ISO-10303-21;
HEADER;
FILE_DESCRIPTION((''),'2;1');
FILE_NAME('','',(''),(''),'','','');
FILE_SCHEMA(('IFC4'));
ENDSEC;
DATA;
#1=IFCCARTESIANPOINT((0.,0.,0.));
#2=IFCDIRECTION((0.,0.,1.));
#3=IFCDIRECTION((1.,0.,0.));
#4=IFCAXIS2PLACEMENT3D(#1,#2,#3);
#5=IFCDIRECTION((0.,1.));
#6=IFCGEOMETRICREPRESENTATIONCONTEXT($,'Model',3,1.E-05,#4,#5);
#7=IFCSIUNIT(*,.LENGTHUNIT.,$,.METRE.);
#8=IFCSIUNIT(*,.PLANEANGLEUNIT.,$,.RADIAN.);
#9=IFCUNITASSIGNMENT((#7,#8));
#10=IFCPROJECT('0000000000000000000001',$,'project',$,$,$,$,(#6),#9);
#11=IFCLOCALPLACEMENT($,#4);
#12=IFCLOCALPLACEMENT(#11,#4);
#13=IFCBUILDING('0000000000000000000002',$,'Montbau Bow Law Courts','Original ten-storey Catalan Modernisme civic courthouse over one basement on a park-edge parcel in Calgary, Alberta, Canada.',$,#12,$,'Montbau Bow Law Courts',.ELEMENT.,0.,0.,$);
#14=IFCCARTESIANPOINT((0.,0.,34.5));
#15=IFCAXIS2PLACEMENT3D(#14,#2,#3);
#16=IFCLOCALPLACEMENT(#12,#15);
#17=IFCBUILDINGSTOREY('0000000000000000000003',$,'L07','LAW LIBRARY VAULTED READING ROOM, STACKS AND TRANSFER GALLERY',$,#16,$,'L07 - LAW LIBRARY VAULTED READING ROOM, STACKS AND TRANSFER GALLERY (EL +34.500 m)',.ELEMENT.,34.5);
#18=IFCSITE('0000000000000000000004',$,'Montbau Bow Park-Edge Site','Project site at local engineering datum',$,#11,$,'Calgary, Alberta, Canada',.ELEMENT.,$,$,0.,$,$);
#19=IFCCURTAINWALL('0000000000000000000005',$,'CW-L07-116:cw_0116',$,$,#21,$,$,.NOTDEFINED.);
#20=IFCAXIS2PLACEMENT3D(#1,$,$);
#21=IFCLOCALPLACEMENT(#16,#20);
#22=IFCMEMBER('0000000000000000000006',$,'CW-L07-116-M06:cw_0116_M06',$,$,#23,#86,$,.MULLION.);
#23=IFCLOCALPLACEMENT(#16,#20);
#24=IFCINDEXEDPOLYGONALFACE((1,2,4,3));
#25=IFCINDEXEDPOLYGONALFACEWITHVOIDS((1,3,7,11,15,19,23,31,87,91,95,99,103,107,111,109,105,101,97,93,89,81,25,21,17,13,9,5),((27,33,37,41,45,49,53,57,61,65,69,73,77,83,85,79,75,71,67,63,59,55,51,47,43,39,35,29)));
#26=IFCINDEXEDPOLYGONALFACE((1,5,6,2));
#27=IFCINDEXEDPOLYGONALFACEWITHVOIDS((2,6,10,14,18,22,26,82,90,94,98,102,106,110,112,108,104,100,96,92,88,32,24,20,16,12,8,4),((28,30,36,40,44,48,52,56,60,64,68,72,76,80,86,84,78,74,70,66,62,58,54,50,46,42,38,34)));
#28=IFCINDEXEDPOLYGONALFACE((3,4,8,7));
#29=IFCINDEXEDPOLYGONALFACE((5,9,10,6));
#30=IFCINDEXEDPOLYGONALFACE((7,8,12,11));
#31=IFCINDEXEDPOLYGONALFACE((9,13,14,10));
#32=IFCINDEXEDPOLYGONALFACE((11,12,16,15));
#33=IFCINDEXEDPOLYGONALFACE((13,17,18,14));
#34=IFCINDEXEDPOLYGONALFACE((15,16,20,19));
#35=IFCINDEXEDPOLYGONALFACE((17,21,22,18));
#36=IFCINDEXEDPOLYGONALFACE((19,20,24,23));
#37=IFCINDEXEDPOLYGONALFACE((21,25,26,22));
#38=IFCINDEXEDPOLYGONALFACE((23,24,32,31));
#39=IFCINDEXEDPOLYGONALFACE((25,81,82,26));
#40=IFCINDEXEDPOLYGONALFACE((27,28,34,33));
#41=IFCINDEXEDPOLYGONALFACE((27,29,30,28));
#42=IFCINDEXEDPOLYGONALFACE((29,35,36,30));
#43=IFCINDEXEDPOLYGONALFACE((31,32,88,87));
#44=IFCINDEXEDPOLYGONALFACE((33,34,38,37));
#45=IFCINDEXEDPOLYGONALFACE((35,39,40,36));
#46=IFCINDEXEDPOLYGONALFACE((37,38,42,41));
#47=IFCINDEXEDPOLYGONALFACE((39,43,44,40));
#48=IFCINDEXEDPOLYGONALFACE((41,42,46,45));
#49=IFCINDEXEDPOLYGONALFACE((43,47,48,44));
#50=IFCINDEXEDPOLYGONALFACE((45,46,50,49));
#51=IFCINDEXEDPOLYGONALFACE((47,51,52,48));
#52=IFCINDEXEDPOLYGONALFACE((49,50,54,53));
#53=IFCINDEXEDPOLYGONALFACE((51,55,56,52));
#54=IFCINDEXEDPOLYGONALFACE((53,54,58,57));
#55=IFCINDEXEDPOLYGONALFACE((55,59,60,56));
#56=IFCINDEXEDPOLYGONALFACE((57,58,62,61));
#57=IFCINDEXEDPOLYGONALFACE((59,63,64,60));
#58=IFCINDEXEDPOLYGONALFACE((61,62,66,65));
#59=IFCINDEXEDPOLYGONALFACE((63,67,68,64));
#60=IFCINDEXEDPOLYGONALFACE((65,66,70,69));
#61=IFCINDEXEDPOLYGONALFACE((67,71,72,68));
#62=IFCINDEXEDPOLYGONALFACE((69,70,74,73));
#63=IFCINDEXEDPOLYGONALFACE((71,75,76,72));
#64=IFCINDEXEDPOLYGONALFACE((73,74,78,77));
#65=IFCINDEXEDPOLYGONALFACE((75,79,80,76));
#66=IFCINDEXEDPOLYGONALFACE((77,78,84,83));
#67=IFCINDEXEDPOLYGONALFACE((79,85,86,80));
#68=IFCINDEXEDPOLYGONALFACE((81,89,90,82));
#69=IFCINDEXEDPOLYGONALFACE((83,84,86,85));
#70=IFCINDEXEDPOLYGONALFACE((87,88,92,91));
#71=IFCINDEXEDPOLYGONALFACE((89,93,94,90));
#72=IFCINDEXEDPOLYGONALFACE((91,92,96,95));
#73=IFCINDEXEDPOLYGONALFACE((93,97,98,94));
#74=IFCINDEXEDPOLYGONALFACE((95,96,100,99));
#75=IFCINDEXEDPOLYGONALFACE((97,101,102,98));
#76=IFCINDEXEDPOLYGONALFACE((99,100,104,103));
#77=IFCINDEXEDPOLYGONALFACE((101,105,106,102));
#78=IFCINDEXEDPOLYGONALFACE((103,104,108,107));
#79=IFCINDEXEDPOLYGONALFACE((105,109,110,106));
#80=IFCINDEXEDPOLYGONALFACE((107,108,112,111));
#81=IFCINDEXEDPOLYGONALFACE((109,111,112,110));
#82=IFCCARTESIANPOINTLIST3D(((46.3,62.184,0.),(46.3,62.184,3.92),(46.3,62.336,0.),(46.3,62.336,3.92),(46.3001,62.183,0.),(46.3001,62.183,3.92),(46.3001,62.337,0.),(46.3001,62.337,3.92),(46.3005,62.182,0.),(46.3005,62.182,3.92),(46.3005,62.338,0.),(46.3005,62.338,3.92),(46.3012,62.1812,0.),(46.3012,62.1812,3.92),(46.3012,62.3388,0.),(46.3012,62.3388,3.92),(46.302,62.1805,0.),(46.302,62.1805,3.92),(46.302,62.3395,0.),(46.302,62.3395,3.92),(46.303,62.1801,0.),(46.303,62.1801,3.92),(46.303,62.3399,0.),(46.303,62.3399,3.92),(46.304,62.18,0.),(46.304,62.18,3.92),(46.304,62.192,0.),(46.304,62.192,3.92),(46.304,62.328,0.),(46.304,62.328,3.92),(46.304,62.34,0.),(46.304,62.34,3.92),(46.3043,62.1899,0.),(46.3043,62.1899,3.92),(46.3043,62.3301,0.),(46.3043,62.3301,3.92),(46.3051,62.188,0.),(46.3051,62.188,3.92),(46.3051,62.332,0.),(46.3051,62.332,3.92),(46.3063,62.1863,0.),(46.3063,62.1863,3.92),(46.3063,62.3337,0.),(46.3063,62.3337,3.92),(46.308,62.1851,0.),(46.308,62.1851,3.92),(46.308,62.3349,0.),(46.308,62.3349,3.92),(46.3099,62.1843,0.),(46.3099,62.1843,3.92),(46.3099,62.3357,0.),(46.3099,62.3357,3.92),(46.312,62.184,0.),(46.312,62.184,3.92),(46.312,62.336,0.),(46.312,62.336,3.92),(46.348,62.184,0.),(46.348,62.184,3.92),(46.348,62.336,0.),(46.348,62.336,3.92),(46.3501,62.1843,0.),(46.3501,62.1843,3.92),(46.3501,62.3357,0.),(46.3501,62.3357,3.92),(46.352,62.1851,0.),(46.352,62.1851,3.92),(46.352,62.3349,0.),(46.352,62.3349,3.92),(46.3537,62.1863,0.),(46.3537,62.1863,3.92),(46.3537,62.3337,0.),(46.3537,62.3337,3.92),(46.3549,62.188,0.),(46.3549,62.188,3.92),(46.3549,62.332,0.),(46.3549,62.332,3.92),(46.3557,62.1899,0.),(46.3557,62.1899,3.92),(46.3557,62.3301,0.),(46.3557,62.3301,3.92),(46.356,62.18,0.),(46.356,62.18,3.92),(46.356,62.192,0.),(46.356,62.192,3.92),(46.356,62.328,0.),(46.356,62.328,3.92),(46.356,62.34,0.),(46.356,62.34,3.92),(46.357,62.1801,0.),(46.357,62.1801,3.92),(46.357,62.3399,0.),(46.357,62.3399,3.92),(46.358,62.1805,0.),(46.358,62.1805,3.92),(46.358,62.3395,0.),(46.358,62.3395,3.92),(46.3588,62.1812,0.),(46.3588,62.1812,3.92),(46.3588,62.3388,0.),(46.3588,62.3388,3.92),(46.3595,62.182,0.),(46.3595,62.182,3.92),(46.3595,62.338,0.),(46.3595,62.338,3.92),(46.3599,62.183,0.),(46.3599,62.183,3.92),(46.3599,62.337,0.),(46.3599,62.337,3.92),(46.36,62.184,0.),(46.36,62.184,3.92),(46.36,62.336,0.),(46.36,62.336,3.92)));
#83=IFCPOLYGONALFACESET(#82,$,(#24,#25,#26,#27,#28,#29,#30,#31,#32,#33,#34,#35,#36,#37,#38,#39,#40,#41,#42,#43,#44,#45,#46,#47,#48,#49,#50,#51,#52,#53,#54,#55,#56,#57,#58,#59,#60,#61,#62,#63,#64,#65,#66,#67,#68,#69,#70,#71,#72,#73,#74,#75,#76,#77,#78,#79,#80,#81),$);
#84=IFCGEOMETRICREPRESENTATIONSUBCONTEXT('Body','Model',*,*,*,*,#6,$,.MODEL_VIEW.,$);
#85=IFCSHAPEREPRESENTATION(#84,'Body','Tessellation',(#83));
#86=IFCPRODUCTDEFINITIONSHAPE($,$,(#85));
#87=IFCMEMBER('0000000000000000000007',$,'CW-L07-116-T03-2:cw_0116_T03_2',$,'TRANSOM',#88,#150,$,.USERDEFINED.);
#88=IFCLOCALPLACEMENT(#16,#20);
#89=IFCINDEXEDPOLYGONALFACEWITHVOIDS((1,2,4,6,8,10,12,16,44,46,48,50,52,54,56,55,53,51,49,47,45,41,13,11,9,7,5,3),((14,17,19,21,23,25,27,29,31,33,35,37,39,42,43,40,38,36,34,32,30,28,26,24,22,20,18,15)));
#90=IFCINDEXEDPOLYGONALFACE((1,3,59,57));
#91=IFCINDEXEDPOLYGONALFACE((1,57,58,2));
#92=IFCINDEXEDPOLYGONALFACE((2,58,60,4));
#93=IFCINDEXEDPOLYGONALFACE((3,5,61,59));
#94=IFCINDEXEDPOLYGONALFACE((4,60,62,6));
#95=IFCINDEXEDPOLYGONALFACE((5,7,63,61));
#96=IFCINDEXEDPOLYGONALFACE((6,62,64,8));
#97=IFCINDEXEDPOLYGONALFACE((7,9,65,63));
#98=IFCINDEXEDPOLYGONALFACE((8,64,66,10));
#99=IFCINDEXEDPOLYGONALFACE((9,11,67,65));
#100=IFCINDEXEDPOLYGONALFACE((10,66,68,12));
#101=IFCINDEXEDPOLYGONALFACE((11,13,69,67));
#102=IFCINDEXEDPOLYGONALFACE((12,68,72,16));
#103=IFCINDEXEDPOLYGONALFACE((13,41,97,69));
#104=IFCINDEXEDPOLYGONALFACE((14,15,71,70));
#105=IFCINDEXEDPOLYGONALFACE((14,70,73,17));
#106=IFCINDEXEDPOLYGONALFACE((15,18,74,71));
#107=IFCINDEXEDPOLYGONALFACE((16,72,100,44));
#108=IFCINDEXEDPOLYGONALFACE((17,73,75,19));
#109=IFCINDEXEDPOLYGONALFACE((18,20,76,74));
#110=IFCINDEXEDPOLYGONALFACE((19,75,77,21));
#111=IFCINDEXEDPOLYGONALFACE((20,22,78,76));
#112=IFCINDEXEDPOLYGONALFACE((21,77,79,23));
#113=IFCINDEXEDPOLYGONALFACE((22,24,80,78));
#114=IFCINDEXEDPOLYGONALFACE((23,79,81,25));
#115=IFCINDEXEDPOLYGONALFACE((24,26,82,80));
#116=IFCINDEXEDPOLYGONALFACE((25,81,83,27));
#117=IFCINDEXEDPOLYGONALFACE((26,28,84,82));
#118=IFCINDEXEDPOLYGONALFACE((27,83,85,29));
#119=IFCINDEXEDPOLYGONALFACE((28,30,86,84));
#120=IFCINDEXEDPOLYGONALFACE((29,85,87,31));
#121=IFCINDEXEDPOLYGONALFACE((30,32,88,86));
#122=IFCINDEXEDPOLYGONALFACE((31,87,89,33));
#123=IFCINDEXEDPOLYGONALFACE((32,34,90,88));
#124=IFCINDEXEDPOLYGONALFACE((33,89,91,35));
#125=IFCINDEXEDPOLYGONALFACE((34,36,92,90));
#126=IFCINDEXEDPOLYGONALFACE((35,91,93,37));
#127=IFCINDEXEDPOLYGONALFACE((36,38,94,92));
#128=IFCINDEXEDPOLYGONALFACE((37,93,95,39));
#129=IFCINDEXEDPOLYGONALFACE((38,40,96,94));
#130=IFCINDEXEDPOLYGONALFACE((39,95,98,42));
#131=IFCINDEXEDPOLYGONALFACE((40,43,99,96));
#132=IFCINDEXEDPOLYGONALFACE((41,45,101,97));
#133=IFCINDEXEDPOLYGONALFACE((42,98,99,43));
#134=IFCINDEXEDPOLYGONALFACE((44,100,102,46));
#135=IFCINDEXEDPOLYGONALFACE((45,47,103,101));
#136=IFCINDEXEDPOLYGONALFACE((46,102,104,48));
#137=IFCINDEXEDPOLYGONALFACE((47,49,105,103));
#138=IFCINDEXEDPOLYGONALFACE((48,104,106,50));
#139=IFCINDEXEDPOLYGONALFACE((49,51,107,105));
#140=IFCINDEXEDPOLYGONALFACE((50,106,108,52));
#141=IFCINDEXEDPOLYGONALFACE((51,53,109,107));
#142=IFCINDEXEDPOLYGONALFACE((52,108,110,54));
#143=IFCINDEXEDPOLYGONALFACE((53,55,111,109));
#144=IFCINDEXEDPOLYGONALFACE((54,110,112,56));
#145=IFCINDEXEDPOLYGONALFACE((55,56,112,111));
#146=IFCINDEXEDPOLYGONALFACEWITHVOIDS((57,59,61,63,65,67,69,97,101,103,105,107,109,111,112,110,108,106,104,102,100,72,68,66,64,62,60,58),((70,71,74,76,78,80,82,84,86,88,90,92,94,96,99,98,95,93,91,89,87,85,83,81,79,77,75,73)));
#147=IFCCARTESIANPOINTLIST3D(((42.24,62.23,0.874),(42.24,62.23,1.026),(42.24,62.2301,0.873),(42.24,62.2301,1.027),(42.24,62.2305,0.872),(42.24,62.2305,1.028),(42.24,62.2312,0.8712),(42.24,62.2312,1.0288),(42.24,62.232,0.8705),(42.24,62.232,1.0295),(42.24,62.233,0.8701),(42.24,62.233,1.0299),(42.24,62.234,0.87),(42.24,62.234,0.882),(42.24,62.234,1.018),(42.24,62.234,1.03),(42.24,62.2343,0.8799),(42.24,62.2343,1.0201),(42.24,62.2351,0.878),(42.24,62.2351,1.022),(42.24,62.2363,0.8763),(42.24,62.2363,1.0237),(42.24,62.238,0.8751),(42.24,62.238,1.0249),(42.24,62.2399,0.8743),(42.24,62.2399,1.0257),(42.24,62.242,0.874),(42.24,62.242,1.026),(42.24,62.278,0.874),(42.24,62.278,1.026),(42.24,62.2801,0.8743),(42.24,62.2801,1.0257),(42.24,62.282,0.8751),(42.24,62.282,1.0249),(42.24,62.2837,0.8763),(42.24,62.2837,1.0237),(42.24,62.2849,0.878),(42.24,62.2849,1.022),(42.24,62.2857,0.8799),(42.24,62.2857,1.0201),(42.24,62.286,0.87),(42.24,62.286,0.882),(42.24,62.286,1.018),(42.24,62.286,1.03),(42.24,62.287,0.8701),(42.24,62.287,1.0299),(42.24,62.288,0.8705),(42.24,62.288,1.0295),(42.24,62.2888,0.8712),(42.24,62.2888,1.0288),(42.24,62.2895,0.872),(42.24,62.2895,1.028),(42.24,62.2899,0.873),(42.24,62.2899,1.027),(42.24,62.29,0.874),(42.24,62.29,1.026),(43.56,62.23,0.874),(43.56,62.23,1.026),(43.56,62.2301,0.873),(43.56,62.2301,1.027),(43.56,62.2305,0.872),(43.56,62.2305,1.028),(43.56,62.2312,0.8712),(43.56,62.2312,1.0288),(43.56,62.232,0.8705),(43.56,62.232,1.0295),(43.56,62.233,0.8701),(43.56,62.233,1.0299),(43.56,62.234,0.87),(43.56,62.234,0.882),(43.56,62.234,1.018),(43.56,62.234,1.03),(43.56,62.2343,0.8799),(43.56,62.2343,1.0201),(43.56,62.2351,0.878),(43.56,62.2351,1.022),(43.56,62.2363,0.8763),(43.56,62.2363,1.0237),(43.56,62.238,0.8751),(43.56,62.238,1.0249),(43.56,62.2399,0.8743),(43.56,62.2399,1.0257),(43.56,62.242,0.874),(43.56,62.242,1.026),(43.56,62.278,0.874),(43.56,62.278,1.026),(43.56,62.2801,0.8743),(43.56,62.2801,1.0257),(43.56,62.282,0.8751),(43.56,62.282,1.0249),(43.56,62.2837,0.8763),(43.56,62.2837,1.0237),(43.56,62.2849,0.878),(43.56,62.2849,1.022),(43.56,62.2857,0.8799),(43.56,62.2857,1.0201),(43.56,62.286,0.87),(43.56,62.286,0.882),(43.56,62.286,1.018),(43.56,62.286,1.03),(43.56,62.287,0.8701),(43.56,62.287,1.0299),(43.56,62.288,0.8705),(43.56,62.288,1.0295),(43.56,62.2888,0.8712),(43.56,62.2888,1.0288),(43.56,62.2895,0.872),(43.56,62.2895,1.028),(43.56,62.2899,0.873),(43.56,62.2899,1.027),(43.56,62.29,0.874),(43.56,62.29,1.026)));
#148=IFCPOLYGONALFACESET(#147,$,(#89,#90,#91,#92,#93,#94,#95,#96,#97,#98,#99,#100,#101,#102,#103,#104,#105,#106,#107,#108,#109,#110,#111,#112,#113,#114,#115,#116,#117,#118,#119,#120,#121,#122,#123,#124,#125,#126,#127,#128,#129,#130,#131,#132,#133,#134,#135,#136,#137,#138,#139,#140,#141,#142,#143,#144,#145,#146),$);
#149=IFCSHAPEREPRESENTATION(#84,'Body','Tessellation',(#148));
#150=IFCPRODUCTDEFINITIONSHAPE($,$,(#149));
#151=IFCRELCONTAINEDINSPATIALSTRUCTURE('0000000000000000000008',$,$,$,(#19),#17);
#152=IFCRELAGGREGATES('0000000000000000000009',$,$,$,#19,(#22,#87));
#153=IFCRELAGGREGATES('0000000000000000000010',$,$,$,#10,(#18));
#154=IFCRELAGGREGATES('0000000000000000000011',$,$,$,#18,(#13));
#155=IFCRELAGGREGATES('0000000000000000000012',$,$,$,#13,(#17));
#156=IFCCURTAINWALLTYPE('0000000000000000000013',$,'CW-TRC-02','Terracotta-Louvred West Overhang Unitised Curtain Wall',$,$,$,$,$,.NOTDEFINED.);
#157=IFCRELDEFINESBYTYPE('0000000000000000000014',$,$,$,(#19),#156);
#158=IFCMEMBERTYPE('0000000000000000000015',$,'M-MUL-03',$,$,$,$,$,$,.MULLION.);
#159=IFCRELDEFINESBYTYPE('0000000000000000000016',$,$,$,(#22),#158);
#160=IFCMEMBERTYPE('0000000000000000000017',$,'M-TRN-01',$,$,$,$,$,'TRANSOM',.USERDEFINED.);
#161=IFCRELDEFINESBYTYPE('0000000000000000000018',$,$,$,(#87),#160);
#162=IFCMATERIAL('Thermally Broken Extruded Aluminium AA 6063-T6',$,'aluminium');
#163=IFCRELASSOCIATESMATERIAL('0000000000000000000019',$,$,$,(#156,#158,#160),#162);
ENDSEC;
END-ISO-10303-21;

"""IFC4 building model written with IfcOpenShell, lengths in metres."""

from ifc_helpers import new_model, si_unit, direction, frame, origin_with_axes, origin_2d_with_axis, place, context, subcontext, project, spatial, hollow_rectangle, extrude, material, material_profile, profile_set, type_object, element, aggregate, save


model = new_model("IFC4")

# Units and contexts
model_context = context("Model", 3, precision=1e-05, world=origin_with_axes(), true_north=direction((0.0, 1.0)))
body_context = subcontext(model_context, "Body", "Model", "MODEL_VIEW")
ifc_project = project(units=[si_unit("LENGTHUNIT", "METRE"), si_unit("PLANEANGLEUNIT", "RADIAN")], contexts=[model_context])

# Site, building, storey
site_placement = place(None, origin_with_axes())
site = spatial("IfcSite", under=ifc_project, at=site_placement, Name="Montbau Bow Park-Edge Site", Description="Project site at local engineering datum", LongName="Calgary, Alberta, Canada", CompositionType="ELEMENT", RefElevation=0.0)
building_placement = place(site_placement, origin_with_axes())
building = spatial("IfcBuilding", under=site, at=building_placement, Name="Montbau Bow Law Courts", Description="Original ten-storey Catalan Modernisme civic courthouse over one basement on a park-edge parcel in Calgary, Alberta, Canada.", LongName="Montbau Bow Law Courts", CompositionType="ELEMENT", ElevationOfRefHeight=0.0, ElevationOfTerrain=0.0)
storey_placement = place(building_placement, frame((0.0, 0.0, 34.5), z_axis=(0.0, 0.0, 1.0), x_axis=(1.0, 0.0, 0.0)))
storey = spatial("IfcBuildingStorey", under=building, at=storey_placement, Name="L07", Description="LAW LIBRARY VAULTED READING ROOM, STACKS AND TRANSFER GALLERY", LongName="L07 - LAW LIBRARY VAULTED READING ROOM, STACKS AND TRANSFER GALLERY (EL +34.500 m)", CompositionType="ELEMENT", Elevation=34.5)

# Curtain wall, members
ifc_material_1 = material(Name="Thermally Broken Extruded Aluminium AA 6063-T6", Category="aluminium")
curtain_wall_type = type_object("IfcCurtainWallType", Name="CW-TRC-02", Description="Terracotta-Louvred West Overhang Unitised Curtain Wall", PredefinedType="NOTDEFINED", material=ifc_material_1)
curtain_wall_placement = place(None, frame((39.44, 62.26, 34.5), z_axis=(0.0, 0.0, 1.0), x_axis=(1.0, 0.0, 0.0)))
curtain_wall = element("IfcCurtainWall", 1, at=curtain_wall_placement, inside=storey, type_object=curtain_wall_type, Name="CW-L07-116:cw_0116", PredefinedType="NOTDEFINED")
ifc_material_profile_1 = material_profile(ifc_material_1, hollow_rectangle(XDim=0.06, YDim=0.16, WallThickness=0.004, InnerFilletRadius=0.008, OuterFilletRadius=0.004, at=origin_2d_with_axis()), Name="CWM-160X60", Category="Main", Priority=0)
ifc_profile_set_1 = profile_set([ifc_material_profile_1], Name="Thermally Broken Extruded Aluminium AA 6063-T6")
member_type_1 = type_object("IfcMemberType", Name="M-MUL-03", PredefinedType="MULLION", material=ifc_profile_set_1)
member_1_placement = place(None, frame((46.33, 62.26, 34.5), z_axis=(0.0, 0.0, 1.0), x_axis=(1.0, 0.0, 0.0)))
member_1 = element("IfcMember", 2, at=member_1_placement, type_object=member_type_1, Name="CW-L07-116-M06:cw_0116_M06", PredefinedType="MULLION", context=body_context, shape_type="SweptSolid", body=[
    extrude(hollow_rectangle(XDim=0.06, YDim=0.16, WallThickness=0.004, InnerFilletRadius=0.008, OuterFilletRadius=0.004, at=origin_2d_with_axis()), origin_with_axes(), (0.0, 0.0, 1.0), 3.92),
])
ifc_material_profile_2 = material_profile(ifc_material_1, hollow_rectangle(XDim=0.06, YDim=0.16, WallThickness=0.004, InnerFilletRadius=0.008, OuterFilletRadius=0.004, at=origin_2d_with_axis()), Name="CWT-160X60", Category="Main", Priority=0)
ifc_profile_set_2 = profile_set([ifc_material_profile_2], Name="Thermally Broken Extruded Aluminium AA 6063-T6")
member_type_2 = type_object("IfcMemberType", Name="M-TRN-01", ElementType="TRANSOM", PredefinedType="USERDEFINED", material=ifc_profile_set_2)
member_2_placement = place(None, frame((42.24, 62.26, 35.45), z_axis=(1.0, 0.0, 0.0), x_axis=(0.0, 1.0, 0.0)))
member_2 = element("IfcMember", 3, at=member_2_placement, type_object=member_type_2, Name="CW-L07-116-T03-2:cw_0116_T03_2", ObjectType="TRANSOM", PredefinedType="USERDEFINED", context=body_context, shape_type="SweptSolid", body=[
    extrude(hollow_rectangle(XDim=0.06, YDim=0.16, WallThickness=0.004, InnerFilletRadius=0.008, OuterFilletRadius=0.004, at=origin_2d_with_axis()), origin_with_axes(), (0.0, 0.0, 1.0), 1.32),
])
aggregate(curtain_wall, [member_1, member_2])

save(model, "model.ifc")
